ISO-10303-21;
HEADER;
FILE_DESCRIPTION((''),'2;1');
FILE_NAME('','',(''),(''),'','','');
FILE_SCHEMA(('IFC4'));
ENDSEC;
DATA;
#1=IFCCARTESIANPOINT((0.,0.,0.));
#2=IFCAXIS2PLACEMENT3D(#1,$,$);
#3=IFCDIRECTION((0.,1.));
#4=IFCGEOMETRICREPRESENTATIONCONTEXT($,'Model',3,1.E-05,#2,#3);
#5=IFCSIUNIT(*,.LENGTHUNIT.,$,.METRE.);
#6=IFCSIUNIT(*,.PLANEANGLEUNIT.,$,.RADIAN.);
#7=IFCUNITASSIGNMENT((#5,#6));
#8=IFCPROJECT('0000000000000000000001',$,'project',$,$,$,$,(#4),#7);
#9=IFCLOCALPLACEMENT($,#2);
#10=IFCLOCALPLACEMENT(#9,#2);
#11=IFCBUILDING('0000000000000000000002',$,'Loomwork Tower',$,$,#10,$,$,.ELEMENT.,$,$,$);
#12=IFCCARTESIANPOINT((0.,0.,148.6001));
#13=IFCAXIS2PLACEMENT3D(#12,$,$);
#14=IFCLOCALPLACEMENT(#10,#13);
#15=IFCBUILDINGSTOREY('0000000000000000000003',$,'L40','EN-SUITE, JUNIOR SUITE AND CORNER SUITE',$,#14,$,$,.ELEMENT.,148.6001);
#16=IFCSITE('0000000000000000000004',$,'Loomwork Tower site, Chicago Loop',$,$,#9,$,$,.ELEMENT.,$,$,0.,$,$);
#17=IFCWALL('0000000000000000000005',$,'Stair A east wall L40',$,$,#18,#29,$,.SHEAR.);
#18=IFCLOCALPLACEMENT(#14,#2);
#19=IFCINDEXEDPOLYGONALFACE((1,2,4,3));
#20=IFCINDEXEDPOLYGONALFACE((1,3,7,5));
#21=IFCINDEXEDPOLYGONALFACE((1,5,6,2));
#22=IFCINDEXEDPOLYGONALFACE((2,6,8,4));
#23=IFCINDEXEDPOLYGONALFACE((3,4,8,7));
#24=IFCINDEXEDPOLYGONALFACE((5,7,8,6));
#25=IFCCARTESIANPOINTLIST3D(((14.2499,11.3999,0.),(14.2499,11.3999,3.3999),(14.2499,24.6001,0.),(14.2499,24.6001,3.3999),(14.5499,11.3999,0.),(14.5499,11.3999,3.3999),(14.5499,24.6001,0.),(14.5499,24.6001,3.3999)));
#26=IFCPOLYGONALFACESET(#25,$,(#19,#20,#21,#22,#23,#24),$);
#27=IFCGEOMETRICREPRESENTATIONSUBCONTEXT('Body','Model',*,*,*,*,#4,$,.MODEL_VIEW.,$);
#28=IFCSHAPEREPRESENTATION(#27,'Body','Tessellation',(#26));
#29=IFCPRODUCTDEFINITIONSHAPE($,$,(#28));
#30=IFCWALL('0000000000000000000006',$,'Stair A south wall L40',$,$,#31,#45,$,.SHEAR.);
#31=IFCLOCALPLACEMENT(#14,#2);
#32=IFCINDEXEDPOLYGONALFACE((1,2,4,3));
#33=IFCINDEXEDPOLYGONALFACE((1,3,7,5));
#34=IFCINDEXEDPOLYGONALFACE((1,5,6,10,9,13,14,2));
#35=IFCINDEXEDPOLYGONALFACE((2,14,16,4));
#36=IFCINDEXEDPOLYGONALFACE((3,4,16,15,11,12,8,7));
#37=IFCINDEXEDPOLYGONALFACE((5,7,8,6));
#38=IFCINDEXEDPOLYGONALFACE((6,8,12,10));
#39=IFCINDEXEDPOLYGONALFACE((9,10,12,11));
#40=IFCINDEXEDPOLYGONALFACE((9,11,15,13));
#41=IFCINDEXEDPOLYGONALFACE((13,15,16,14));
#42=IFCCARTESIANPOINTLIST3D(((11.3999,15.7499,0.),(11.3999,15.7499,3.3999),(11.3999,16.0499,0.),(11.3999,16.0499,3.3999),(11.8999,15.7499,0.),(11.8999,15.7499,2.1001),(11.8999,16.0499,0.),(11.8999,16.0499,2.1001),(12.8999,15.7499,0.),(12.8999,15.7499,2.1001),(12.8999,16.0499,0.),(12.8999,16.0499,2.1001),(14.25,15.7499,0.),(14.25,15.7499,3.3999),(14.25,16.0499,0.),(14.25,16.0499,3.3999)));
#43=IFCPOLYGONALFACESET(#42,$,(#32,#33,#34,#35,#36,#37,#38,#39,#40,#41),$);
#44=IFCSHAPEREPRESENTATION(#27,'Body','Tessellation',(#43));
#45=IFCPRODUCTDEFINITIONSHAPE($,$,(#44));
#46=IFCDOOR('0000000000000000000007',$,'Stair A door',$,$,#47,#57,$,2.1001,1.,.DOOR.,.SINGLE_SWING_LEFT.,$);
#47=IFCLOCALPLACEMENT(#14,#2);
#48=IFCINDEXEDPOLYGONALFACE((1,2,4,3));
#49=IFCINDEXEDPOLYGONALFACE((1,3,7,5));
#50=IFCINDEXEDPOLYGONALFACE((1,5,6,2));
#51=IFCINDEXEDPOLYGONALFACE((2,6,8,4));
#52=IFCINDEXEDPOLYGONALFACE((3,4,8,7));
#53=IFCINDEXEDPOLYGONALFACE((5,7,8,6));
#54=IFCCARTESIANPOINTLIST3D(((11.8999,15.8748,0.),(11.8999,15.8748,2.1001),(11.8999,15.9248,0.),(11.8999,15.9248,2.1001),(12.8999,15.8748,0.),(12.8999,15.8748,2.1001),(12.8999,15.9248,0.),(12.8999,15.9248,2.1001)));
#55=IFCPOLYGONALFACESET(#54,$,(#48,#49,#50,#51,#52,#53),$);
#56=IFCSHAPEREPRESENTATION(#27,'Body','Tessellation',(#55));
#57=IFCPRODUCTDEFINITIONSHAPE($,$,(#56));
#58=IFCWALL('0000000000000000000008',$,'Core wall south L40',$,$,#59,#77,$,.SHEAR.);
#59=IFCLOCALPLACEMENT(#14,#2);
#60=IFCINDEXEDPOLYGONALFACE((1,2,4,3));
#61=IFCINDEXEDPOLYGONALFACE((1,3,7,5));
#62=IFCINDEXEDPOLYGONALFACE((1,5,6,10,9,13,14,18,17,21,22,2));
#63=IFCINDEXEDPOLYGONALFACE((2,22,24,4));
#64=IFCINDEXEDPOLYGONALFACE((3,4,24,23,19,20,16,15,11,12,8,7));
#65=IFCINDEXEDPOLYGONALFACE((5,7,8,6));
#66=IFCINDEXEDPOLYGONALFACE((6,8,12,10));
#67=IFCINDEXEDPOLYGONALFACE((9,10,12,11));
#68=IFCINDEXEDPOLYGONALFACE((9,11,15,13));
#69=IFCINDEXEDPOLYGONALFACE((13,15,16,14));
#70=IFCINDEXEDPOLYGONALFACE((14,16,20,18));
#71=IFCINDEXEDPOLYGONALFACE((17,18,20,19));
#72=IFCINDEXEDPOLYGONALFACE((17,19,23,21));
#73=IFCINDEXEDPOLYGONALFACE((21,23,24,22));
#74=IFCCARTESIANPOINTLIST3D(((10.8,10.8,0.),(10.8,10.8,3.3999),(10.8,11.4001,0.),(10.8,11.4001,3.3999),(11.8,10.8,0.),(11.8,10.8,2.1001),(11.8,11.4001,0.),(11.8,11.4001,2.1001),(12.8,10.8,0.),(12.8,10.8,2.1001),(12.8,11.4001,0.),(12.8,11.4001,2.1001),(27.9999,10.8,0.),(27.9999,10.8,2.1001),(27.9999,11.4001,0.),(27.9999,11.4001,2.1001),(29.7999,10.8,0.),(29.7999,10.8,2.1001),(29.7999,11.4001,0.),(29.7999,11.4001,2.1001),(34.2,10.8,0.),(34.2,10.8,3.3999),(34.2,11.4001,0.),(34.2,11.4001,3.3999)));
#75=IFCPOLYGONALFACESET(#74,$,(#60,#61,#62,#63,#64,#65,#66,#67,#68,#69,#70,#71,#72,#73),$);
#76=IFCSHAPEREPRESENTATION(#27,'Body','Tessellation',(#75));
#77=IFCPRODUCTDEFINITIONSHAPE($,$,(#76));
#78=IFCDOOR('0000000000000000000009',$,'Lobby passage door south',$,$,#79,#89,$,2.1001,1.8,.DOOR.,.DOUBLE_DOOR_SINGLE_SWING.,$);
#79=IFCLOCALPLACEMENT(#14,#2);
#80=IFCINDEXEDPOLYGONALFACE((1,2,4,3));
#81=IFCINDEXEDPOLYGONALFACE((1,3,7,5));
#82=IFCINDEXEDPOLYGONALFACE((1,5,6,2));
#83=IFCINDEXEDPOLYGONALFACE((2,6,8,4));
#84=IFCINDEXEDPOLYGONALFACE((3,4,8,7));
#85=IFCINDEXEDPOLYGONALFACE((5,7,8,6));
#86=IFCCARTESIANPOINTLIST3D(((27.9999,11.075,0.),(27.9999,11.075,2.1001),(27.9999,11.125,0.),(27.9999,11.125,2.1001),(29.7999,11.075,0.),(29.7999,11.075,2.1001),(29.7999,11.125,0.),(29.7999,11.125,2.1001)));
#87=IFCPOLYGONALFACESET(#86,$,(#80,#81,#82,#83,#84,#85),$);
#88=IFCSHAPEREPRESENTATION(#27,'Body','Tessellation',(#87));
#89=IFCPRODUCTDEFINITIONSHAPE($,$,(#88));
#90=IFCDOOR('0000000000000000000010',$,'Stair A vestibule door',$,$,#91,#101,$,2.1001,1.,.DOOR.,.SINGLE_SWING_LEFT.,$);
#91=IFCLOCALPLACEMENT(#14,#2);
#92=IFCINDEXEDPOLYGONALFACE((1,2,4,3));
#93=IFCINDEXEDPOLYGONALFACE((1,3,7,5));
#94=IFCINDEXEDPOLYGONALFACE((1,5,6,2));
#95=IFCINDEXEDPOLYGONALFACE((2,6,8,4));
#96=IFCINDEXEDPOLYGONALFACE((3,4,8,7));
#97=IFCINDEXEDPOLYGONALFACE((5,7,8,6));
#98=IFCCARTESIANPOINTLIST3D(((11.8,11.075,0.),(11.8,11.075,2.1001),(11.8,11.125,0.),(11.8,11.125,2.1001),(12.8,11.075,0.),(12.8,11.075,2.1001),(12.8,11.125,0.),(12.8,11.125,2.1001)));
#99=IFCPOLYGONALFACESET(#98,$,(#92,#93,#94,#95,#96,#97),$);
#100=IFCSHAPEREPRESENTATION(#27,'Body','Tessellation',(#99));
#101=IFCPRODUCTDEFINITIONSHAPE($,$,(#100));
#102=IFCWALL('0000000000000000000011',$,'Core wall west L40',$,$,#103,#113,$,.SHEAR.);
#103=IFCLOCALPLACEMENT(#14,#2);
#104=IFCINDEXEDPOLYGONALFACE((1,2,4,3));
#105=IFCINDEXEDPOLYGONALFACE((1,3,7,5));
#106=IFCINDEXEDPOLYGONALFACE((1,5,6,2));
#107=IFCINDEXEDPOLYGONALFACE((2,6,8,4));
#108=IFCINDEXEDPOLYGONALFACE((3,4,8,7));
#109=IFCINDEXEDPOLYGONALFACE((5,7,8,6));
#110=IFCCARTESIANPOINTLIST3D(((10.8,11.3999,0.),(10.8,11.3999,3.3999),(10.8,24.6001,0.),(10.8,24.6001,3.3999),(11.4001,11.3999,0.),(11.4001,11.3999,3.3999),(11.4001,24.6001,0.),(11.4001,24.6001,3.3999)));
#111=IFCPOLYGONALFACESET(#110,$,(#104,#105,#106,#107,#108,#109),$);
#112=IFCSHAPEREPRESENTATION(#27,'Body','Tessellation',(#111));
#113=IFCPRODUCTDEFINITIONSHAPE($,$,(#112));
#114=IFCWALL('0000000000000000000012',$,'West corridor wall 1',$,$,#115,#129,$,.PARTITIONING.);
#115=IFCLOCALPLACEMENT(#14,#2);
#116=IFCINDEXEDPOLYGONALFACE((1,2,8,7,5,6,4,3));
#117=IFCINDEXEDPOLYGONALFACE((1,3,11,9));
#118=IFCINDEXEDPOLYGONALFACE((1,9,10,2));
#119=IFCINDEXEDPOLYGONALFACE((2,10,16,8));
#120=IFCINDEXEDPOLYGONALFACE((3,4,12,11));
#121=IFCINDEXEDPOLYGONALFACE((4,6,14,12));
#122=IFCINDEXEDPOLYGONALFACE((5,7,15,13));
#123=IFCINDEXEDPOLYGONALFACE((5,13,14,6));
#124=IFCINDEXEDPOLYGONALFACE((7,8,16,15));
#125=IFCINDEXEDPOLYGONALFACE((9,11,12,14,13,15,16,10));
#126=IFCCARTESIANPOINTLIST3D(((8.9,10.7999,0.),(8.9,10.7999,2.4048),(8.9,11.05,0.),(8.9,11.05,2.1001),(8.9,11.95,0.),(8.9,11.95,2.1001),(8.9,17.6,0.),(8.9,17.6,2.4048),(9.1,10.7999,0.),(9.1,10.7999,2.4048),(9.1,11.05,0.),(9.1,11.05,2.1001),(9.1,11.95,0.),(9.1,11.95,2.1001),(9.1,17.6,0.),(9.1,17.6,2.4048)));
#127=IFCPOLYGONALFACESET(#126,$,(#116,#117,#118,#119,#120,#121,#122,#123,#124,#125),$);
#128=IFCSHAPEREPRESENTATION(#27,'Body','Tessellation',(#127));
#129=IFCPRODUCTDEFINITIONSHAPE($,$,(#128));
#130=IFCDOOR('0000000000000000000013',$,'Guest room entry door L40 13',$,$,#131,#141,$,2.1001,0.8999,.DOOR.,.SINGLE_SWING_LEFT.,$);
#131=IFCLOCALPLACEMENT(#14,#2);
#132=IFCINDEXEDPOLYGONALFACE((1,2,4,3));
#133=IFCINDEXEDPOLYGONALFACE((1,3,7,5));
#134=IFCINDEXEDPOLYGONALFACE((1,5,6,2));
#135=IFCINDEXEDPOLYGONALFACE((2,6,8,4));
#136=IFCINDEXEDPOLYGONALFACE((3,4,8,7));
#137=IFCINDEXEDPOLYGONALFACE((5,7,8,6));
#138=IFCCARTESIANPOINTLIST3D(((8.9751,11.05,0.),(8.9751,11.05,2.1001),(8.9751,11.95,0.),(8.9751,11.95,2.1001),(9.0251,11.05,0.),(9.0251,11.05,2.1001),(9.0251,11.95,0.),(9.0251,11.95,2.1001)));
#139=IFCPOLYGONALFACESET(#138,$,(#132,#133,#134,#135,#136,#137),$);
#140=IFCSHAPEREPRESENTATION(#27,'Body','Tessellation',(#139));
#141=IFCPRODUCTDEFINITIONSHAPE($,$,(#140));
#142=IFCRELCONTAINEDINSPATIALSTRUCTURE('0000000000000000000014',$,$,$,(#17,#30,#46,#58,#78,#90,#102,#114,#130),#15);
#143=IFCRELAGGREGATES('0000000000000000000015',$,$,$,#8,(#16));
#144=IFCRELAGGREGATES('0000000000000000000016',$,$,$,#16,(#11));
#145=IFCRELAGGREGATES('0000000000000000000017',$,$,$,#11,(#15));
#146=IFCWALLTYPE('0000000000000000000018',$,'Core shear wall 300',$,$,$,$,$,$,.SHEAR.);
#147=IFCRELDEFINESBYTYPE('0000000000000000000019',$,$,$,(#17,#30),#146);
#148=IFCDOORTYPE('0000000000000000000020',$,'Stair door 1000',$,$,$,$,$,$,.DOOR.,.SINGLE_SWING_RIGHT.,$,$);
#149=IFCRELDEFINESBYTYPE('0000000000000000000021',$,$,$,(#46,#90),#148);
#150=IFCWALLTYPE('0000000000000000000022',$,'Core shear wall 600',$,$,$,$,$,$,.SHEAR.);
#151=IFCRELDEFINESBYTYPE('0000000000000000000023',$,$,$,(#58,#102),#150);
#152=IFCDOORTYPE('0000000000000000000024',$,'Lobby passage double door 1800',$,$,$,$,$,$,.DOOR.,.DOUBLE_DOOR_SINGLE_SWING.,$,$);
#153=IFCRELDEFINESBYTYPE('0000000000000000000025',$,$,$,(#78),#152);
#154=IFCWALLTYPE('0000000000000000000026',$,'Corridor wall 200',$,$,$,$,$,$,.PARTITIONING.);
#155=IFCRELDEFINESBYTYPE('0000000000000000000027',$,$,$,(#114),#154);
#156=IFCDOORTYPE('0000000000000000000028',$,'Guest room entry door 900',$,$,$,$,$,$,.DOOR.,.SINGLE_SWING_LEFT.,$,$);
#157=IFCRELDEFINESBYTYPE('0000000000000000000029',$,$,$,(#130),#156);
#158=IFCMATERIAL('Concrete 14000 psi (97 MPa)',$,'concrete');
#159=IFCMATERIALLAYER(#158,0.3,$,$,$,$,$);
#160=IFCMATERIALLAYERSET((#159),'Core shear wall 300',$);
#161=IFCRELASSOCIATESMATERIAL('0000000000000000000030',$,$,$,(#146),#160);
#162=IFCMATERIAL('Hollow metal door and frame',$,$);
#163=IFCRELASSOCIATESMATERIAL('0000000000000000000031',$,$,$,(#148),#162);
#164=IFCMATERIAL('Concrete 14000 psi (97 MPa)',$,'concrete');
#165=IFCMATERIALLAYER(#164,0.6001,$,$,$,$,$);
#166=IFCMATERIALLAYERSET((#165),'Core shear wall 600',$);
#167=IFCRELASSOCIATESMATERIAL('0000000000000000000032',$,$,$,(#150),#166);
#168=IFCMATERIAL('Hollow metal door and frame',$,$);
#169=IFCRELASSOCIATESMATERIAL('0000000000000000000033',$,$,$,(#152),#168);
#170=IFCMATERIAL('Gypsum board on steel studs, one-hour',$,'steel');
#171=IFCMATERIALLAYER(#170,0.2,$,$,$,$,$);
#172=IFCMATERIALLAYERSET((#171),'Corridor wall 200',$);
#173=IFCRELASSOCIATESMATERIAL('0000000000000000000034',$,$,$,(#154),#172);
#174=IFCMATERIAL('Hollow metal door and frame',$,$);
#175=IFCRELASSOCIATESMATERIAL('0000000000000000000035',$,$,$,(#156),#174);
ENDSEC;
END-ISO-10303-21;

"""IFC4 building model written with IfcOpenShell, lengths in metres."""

from ifc_helpers import new_model, si_unit, direction, frame, frame_2d, origin, place, context, subcontext, project, spatial, rectangle, extrude, material, layer, layer_set, type_object, element, fill, save


model = new_model("IFC4")

# Units and contexts
model_context = context("Model", 3, precision=1e-05, world=origin(), true_north=direction((0.0, 1.0)))
body_context = subcontext(model_context, "Body", "Model", "MODEL_VIEW")
ifc_project = project(units=[si_unit("LENGTHUNIT", "METRE"), si_unit("PLANEANGLEUNIT", "RADIAN")], contexts=[model_context])

# Site, building, storey
site_placement = place(None, origin())
site = spatial("IfcSite", under=ifc_project, at=site_placement, Name="Loomwork Tower site, Chicago Loop", CompositionType="ELEMENT", RefElevation=0.0)
building_placement = place(site_placement, origin())
building = spatial("IfcBuilding", under=site, at=building_placement, Name="Loomwork Tower", CompositionType="ELEMENT")
storey_placement = place(building_placement, frame((0.0, 0.0, 148.6001)))
storey = spatial("IfcBuildingStorey", under=building, at=storey_placement, Name="L40", Description="EN-SUITE, JUNIOR SUITE AND CORNER SUITE", CompositionType="ELEMENT", Elevation=148.6001)

# Wall
ifc_material_1 = material(Name="Concrete 14000 psi (97 MPa)", Category="concrete")
ifc_layer_1 = layer(ifc_material_1, 0.3)
ifc_layer_set_1 = layer_set([ifc_layer_1], Name="Core shear wall 300")
wall_type_1 = type_object("IfcWallType", Name="Core shear wall 300", PredefinedType="SHEAR", material=ifc_layer_set_1)
wall_1_placement = place(storey_placement, frame((14.3999, 11.3999, 0.0), z_axis=(0.0, 0.0, 1.0), x_axis=(0.0, 1.0, 0.0)))
element("IfcWall", 1, at=wall_1_placement, inside=storey, type_object=wall_type_1, Name="Stair A east wall L40", PredefinedType="SHEAR", context=body_context, shape_type="SweptSolid", body=[
    extrude(rectangle(XDim=13.2002, YDim=0.3, at=frame_2d((6.6001, 0.0))), origin(), (0.0, 0.0, 1.0), 3.3999),
])

# Wall, opening, door
wall_2_placement = place(storey_placement, frame((11.3999, 15.8999, 0.0), z_axis=(0.0, 0.0, 1.0), x_axis=(1.0, 0.0, 0.0)))
wall_2 = element("IfcWall", 2, at=wall_2_placement, inside=storey, type_object=wall_type_1, Name="Stair A south wall L40", PredefinedType="SHEAR", context=body_context, shape_type="SweptSolid", body=[
    extrude(rectangle(XDim=2.8501, YDim=0.3, at=frame_2d((1.425, 0.0))), origin(), (0.0, 0.0, 1.0), 3.3999),
])
opening_1_placement = place(wall_2_placement, frame((0.5, 0.0, 0.0)))
opening_1 = element("IfcOpeningElement", 3, at=opening_1_placement, cuts=wall_2, PredefinedType="OPENING", context=body_context, shape_type="SweptSolid", body=[
    extrude(rectangle(XDim=1.0, YDim=2.1001, at=frame_2d((0.5, 1.05))), frame((0.0, 0.1599, 0.0), z_axis=(0.0, -1.0, 0.0), x_axis=(1.0, 0.0, 0.0)), (0.0, 0.0, 1.0), 0.3201),
])
ifc_material_2 = material(Name="Hollow metal door and frame")
door_type_1 = type_object("IfcDoorType", Name="Stair door 1000", OperationType="SINGLE_SWING_RIGHT", PredefinedType="DOOR", material=ifc_material_2)
door_1_placement = place(opening_1_placement, origin())
door_1 = element("IfcDoor", 4, at=door_1_placement, inside=storey, type_object=door_type_1, Name="Stair A door", OperationType="SINGLE_SWING_LEFT", OverallHeight=2.1001, OverallWidth=1.0, PredefinedType="DOOR", context=body_context, shape_type="SweptSolid", body=[
    extrude(rectangle(XDim=1.0, YDim=2.1001, at=frame_2d((0.5, 1.05))), frame((0.0, 0.0249, 0.0), z_axis=(0.0, -1.0, 0.0), x_axis=(1.0, 0.0, 0.0)), (0.0, 0.0, 1.0), 0.05),
])
fill(opening_1, door_1)

# Wall, openings, doors
ifc_material_3 = material(Name="Concrete 14000 psi (97 MPa)", Category="concrete")
ifc_layer_2 = layer(ifc_material_3, 0.6001)
ifc_layer_set_2 = layer_set([ifc_layer_2], Name="Core shear wall 600")
wall_type_2 = type_object("IfcWallType", Name="Core shear wall 600", PredefinedType="SHEAR", material=ifc_layer_set_2)
wall_3_placement = place(storey_placement, frame((10.8, 11.1001, 0.0), z_axis=(0.0, 0.0, 1.0), x_axis=(1.0, 0.0, 0.0)))
wall_3 = element("IfcWall", 5, at=wall_3_placement, inside=storey, type_object=wall_type_2, Name="Core wall south L40", PredefinedType="SHEAR", context=body_context, shape_type="SweptSolid", body=[
    extrude(rectangle(XDim=23.3999, YDim=0.6001, at=frame_2d((11.7, 0.0))), origin(), (0.0, 0.0, 1.0), 3.3999),
])
opening_2_placement = place(wall_3_placement, frame((1.0, 0.0, 0.0)))
opening_2 = element("IfcOpeningElement", 6, at=opening_2_placement, cuts=wall_3, PredefinedType="OPENING", context=body_context, shape_type="SweptSolid", body=[
    extrude(rectangle(XDim=1.0, YDim=2.1001, at=frame_2d((0.5, 1.05))), frame((0.0, 0.3101, 0.0), z_axis=(0.0, -1.0, 0.0), x_axis=(1.0, 0.0, 0.0)), (0.0, 0.0, 1.0), 0.6201),
])
opening_3_placement = place(wall_3_placement, frame((17.2, 0.0, 0.0)))
opening_3 = element("IfcOpeningElement", 7, at=opening_3_placement, cuts=wall_3, PredefinedType="OPENING", context=body_context, shape_type="SweptSolid", body=[
    extrude(rectangle(XDim=1.8, YDim=2.1001, at=frame_2d((0.8999, 1.05))), frame((0.0, 0.3101, 0.0), z_axis=(0.0, -1.0, 0.0), x_axis=(1.0, 0.0, 0.0)), (0.0, 0.0, 1.0), 0.6201),
])
ifc_material_4 = material(Name="Hollow metal door and frame")
door_type_2 = type_object("IfcDoorType", Name="Lobby passage double door 1800", OperationType="DOUBLE_DOOR_SINGLE_SWING", PredefinedType="DOOR", material=ifc_material_4)
door_2_placement = place(opening_3_placement, origin())
door_2 = element("IfcDoor", 8, at=door_2_placement, inside=storey, type_object=door_type_2, Name="Lobby passage door south", OperationType="DOUBLE_DOOR_SINGLE_SWING", OverallHeight=2.1001, OverallWidth=1.8, PredefinedType="DOOR", context=body_context, shape_type="SweptSolid", body=[
    extrude(rectangle(XDim=1.8, YDim=2.1001, at=frame_2d((0.8999, 1.05))), frame((0.0, 0.0249, 0.0), z_axis=(0.0, -1.0, 0.0), x_axis=(1.0, 0.0, 0.0)), (0.0, 0.0, 1.0), 0.05),
])
fill(opening_3, door_2)
door_3_placement = place(opening_2_placement, origin())
door_3 = element("IfcDoor", 9, at=door_3_placement, inside=storey, type_object=door_type_1, Name="Stair A vestibule door", OperationType="SINGLE_SWING_LEFT", OverallHeight=2.1001, OverallWidth=1.0, PredefinedType="DOOR", context=body_context, shape_type="SweptSolid", body=[
    extrude(rectangle(XDim=1.0, YDim=2.1001, at=frame_2d((0.5, 1.05))), frame((0.0, 0.0249, 0.0), z_axis=(0.0, -1.0, 0.0), x_axis=(1.0, 0.0, 0.0)), (0.0, 0.0, 1.0), 0.05),
])
fill(opening_2, door_3)

# Wall
wall_4_placement = place(storey_placement, frame((11.1001, 11.3999, 0.0), z_axis=(0.0, 0.0, 1.0), x_axis=(0.0, 1.0, 0.0)))
element("IfcWall", 10, at=wall_4_placement, inside=storey, type_object=wall_type_2, Name="Core wall west L40", PredefinedType="SHEAR", context=body_context, shape_type="SweptSolid", body=[
    extrude(rectangle(XDim=13.2002, YDim=0.6001, at=frame_2d((6.6001, 0.0))), origin(), (0.0, 0.0, 1.0), 3.3999),
])

# Wall, opening, door
ifc_material_5 = material(Name="Gypsum board on steel studs, one-hour", Category="steel")
ifc_layer_3 = layer(ifc_material_5, 0.2)
ifc_layer_set_3 = layer_set([ifc_layer_3], Name="Corridor wall 200")
wall_type_3 = type_object("IfcWallType", Name="Corridor wall 200", PredefinedType="PARTITIONING", material=ifc_layer_set_3)
wall_5_placement = place(storey_placement, frame((9.0, 10.8, 0.0), z_axis=(0.0, 0.0, 1.0), x_axis=(0.0, 1.0, 0.0)))
wall_5 = element("IfcWall", 11, at=wall_5_placement, inside=storey, type_object=wall_type_3, Name="West corridor wall 1", PredefinedType="PARTITIONING", context=body_context, shape_type="SweptSolid", body=[
    extrude(rectangle(XDim=6.8, YDim=0.2, at=frame_2d((3.3999, 0.0))), origin(), (0.0, 0.0, 1.0), 2.4048),
])
opening_4_placement = place(wall_5_placement, frame((0.25, 0.0, 0.0)))
opening_4 = element("IfcOpeningElement", 12, at=opening_4_placement, cuts=wall_5, PredefinedType="OPENING", context=body_context, shape_type="SweptSolid", body=[
    extrude(rectangle(XDim=0.8999, YDim=2.1001, at=frame_2d((0.45, 1.05))), frame((0.0, 0.1099, 0.0), z_axis=(0.0, -1.0, 0.0), x_axis=(1.0, 0.0, 0.0)), (0.0, 0.0, 1.0), 0.22),
])
ifc_material_6 = material(Name="Hollow metal door and frame")
door_type_3 = type_object("IfcDoorType", Name="Guest room entry door 900", OperationType="SINGLE_SWING_LEFT", PredefinedType="DOOR", material=ifc_material_6)
door_4_placement = place(opening_4_placement, origin())
door_4 = element("IfcDoor", 13, at=door_4_placement, inside=storey, type_object=door_type_3, Name="Guest room entry door L40 13", OperationType="SINGLE_SWING_LEFT", OverallHeight=2.1001, OverallWidth=0.8999, PredefinedType="DOOR", context=body_context, shape_type="SweptSolid", body=[
    extrude(rectangle(XDim=0.8999, YDim=2.1001, at=frame_2d((0.45, 1.05))), frame((0.0, 0.0249, 0.0), z_axis=(0.0, -1.0, 0.0), x_axis=(1.0, 0.0, 0.0)), (0.0, 0.0, 1.0), 0.05),
])
fill(opening_4, door_4)

save(model, "model.ifc")
